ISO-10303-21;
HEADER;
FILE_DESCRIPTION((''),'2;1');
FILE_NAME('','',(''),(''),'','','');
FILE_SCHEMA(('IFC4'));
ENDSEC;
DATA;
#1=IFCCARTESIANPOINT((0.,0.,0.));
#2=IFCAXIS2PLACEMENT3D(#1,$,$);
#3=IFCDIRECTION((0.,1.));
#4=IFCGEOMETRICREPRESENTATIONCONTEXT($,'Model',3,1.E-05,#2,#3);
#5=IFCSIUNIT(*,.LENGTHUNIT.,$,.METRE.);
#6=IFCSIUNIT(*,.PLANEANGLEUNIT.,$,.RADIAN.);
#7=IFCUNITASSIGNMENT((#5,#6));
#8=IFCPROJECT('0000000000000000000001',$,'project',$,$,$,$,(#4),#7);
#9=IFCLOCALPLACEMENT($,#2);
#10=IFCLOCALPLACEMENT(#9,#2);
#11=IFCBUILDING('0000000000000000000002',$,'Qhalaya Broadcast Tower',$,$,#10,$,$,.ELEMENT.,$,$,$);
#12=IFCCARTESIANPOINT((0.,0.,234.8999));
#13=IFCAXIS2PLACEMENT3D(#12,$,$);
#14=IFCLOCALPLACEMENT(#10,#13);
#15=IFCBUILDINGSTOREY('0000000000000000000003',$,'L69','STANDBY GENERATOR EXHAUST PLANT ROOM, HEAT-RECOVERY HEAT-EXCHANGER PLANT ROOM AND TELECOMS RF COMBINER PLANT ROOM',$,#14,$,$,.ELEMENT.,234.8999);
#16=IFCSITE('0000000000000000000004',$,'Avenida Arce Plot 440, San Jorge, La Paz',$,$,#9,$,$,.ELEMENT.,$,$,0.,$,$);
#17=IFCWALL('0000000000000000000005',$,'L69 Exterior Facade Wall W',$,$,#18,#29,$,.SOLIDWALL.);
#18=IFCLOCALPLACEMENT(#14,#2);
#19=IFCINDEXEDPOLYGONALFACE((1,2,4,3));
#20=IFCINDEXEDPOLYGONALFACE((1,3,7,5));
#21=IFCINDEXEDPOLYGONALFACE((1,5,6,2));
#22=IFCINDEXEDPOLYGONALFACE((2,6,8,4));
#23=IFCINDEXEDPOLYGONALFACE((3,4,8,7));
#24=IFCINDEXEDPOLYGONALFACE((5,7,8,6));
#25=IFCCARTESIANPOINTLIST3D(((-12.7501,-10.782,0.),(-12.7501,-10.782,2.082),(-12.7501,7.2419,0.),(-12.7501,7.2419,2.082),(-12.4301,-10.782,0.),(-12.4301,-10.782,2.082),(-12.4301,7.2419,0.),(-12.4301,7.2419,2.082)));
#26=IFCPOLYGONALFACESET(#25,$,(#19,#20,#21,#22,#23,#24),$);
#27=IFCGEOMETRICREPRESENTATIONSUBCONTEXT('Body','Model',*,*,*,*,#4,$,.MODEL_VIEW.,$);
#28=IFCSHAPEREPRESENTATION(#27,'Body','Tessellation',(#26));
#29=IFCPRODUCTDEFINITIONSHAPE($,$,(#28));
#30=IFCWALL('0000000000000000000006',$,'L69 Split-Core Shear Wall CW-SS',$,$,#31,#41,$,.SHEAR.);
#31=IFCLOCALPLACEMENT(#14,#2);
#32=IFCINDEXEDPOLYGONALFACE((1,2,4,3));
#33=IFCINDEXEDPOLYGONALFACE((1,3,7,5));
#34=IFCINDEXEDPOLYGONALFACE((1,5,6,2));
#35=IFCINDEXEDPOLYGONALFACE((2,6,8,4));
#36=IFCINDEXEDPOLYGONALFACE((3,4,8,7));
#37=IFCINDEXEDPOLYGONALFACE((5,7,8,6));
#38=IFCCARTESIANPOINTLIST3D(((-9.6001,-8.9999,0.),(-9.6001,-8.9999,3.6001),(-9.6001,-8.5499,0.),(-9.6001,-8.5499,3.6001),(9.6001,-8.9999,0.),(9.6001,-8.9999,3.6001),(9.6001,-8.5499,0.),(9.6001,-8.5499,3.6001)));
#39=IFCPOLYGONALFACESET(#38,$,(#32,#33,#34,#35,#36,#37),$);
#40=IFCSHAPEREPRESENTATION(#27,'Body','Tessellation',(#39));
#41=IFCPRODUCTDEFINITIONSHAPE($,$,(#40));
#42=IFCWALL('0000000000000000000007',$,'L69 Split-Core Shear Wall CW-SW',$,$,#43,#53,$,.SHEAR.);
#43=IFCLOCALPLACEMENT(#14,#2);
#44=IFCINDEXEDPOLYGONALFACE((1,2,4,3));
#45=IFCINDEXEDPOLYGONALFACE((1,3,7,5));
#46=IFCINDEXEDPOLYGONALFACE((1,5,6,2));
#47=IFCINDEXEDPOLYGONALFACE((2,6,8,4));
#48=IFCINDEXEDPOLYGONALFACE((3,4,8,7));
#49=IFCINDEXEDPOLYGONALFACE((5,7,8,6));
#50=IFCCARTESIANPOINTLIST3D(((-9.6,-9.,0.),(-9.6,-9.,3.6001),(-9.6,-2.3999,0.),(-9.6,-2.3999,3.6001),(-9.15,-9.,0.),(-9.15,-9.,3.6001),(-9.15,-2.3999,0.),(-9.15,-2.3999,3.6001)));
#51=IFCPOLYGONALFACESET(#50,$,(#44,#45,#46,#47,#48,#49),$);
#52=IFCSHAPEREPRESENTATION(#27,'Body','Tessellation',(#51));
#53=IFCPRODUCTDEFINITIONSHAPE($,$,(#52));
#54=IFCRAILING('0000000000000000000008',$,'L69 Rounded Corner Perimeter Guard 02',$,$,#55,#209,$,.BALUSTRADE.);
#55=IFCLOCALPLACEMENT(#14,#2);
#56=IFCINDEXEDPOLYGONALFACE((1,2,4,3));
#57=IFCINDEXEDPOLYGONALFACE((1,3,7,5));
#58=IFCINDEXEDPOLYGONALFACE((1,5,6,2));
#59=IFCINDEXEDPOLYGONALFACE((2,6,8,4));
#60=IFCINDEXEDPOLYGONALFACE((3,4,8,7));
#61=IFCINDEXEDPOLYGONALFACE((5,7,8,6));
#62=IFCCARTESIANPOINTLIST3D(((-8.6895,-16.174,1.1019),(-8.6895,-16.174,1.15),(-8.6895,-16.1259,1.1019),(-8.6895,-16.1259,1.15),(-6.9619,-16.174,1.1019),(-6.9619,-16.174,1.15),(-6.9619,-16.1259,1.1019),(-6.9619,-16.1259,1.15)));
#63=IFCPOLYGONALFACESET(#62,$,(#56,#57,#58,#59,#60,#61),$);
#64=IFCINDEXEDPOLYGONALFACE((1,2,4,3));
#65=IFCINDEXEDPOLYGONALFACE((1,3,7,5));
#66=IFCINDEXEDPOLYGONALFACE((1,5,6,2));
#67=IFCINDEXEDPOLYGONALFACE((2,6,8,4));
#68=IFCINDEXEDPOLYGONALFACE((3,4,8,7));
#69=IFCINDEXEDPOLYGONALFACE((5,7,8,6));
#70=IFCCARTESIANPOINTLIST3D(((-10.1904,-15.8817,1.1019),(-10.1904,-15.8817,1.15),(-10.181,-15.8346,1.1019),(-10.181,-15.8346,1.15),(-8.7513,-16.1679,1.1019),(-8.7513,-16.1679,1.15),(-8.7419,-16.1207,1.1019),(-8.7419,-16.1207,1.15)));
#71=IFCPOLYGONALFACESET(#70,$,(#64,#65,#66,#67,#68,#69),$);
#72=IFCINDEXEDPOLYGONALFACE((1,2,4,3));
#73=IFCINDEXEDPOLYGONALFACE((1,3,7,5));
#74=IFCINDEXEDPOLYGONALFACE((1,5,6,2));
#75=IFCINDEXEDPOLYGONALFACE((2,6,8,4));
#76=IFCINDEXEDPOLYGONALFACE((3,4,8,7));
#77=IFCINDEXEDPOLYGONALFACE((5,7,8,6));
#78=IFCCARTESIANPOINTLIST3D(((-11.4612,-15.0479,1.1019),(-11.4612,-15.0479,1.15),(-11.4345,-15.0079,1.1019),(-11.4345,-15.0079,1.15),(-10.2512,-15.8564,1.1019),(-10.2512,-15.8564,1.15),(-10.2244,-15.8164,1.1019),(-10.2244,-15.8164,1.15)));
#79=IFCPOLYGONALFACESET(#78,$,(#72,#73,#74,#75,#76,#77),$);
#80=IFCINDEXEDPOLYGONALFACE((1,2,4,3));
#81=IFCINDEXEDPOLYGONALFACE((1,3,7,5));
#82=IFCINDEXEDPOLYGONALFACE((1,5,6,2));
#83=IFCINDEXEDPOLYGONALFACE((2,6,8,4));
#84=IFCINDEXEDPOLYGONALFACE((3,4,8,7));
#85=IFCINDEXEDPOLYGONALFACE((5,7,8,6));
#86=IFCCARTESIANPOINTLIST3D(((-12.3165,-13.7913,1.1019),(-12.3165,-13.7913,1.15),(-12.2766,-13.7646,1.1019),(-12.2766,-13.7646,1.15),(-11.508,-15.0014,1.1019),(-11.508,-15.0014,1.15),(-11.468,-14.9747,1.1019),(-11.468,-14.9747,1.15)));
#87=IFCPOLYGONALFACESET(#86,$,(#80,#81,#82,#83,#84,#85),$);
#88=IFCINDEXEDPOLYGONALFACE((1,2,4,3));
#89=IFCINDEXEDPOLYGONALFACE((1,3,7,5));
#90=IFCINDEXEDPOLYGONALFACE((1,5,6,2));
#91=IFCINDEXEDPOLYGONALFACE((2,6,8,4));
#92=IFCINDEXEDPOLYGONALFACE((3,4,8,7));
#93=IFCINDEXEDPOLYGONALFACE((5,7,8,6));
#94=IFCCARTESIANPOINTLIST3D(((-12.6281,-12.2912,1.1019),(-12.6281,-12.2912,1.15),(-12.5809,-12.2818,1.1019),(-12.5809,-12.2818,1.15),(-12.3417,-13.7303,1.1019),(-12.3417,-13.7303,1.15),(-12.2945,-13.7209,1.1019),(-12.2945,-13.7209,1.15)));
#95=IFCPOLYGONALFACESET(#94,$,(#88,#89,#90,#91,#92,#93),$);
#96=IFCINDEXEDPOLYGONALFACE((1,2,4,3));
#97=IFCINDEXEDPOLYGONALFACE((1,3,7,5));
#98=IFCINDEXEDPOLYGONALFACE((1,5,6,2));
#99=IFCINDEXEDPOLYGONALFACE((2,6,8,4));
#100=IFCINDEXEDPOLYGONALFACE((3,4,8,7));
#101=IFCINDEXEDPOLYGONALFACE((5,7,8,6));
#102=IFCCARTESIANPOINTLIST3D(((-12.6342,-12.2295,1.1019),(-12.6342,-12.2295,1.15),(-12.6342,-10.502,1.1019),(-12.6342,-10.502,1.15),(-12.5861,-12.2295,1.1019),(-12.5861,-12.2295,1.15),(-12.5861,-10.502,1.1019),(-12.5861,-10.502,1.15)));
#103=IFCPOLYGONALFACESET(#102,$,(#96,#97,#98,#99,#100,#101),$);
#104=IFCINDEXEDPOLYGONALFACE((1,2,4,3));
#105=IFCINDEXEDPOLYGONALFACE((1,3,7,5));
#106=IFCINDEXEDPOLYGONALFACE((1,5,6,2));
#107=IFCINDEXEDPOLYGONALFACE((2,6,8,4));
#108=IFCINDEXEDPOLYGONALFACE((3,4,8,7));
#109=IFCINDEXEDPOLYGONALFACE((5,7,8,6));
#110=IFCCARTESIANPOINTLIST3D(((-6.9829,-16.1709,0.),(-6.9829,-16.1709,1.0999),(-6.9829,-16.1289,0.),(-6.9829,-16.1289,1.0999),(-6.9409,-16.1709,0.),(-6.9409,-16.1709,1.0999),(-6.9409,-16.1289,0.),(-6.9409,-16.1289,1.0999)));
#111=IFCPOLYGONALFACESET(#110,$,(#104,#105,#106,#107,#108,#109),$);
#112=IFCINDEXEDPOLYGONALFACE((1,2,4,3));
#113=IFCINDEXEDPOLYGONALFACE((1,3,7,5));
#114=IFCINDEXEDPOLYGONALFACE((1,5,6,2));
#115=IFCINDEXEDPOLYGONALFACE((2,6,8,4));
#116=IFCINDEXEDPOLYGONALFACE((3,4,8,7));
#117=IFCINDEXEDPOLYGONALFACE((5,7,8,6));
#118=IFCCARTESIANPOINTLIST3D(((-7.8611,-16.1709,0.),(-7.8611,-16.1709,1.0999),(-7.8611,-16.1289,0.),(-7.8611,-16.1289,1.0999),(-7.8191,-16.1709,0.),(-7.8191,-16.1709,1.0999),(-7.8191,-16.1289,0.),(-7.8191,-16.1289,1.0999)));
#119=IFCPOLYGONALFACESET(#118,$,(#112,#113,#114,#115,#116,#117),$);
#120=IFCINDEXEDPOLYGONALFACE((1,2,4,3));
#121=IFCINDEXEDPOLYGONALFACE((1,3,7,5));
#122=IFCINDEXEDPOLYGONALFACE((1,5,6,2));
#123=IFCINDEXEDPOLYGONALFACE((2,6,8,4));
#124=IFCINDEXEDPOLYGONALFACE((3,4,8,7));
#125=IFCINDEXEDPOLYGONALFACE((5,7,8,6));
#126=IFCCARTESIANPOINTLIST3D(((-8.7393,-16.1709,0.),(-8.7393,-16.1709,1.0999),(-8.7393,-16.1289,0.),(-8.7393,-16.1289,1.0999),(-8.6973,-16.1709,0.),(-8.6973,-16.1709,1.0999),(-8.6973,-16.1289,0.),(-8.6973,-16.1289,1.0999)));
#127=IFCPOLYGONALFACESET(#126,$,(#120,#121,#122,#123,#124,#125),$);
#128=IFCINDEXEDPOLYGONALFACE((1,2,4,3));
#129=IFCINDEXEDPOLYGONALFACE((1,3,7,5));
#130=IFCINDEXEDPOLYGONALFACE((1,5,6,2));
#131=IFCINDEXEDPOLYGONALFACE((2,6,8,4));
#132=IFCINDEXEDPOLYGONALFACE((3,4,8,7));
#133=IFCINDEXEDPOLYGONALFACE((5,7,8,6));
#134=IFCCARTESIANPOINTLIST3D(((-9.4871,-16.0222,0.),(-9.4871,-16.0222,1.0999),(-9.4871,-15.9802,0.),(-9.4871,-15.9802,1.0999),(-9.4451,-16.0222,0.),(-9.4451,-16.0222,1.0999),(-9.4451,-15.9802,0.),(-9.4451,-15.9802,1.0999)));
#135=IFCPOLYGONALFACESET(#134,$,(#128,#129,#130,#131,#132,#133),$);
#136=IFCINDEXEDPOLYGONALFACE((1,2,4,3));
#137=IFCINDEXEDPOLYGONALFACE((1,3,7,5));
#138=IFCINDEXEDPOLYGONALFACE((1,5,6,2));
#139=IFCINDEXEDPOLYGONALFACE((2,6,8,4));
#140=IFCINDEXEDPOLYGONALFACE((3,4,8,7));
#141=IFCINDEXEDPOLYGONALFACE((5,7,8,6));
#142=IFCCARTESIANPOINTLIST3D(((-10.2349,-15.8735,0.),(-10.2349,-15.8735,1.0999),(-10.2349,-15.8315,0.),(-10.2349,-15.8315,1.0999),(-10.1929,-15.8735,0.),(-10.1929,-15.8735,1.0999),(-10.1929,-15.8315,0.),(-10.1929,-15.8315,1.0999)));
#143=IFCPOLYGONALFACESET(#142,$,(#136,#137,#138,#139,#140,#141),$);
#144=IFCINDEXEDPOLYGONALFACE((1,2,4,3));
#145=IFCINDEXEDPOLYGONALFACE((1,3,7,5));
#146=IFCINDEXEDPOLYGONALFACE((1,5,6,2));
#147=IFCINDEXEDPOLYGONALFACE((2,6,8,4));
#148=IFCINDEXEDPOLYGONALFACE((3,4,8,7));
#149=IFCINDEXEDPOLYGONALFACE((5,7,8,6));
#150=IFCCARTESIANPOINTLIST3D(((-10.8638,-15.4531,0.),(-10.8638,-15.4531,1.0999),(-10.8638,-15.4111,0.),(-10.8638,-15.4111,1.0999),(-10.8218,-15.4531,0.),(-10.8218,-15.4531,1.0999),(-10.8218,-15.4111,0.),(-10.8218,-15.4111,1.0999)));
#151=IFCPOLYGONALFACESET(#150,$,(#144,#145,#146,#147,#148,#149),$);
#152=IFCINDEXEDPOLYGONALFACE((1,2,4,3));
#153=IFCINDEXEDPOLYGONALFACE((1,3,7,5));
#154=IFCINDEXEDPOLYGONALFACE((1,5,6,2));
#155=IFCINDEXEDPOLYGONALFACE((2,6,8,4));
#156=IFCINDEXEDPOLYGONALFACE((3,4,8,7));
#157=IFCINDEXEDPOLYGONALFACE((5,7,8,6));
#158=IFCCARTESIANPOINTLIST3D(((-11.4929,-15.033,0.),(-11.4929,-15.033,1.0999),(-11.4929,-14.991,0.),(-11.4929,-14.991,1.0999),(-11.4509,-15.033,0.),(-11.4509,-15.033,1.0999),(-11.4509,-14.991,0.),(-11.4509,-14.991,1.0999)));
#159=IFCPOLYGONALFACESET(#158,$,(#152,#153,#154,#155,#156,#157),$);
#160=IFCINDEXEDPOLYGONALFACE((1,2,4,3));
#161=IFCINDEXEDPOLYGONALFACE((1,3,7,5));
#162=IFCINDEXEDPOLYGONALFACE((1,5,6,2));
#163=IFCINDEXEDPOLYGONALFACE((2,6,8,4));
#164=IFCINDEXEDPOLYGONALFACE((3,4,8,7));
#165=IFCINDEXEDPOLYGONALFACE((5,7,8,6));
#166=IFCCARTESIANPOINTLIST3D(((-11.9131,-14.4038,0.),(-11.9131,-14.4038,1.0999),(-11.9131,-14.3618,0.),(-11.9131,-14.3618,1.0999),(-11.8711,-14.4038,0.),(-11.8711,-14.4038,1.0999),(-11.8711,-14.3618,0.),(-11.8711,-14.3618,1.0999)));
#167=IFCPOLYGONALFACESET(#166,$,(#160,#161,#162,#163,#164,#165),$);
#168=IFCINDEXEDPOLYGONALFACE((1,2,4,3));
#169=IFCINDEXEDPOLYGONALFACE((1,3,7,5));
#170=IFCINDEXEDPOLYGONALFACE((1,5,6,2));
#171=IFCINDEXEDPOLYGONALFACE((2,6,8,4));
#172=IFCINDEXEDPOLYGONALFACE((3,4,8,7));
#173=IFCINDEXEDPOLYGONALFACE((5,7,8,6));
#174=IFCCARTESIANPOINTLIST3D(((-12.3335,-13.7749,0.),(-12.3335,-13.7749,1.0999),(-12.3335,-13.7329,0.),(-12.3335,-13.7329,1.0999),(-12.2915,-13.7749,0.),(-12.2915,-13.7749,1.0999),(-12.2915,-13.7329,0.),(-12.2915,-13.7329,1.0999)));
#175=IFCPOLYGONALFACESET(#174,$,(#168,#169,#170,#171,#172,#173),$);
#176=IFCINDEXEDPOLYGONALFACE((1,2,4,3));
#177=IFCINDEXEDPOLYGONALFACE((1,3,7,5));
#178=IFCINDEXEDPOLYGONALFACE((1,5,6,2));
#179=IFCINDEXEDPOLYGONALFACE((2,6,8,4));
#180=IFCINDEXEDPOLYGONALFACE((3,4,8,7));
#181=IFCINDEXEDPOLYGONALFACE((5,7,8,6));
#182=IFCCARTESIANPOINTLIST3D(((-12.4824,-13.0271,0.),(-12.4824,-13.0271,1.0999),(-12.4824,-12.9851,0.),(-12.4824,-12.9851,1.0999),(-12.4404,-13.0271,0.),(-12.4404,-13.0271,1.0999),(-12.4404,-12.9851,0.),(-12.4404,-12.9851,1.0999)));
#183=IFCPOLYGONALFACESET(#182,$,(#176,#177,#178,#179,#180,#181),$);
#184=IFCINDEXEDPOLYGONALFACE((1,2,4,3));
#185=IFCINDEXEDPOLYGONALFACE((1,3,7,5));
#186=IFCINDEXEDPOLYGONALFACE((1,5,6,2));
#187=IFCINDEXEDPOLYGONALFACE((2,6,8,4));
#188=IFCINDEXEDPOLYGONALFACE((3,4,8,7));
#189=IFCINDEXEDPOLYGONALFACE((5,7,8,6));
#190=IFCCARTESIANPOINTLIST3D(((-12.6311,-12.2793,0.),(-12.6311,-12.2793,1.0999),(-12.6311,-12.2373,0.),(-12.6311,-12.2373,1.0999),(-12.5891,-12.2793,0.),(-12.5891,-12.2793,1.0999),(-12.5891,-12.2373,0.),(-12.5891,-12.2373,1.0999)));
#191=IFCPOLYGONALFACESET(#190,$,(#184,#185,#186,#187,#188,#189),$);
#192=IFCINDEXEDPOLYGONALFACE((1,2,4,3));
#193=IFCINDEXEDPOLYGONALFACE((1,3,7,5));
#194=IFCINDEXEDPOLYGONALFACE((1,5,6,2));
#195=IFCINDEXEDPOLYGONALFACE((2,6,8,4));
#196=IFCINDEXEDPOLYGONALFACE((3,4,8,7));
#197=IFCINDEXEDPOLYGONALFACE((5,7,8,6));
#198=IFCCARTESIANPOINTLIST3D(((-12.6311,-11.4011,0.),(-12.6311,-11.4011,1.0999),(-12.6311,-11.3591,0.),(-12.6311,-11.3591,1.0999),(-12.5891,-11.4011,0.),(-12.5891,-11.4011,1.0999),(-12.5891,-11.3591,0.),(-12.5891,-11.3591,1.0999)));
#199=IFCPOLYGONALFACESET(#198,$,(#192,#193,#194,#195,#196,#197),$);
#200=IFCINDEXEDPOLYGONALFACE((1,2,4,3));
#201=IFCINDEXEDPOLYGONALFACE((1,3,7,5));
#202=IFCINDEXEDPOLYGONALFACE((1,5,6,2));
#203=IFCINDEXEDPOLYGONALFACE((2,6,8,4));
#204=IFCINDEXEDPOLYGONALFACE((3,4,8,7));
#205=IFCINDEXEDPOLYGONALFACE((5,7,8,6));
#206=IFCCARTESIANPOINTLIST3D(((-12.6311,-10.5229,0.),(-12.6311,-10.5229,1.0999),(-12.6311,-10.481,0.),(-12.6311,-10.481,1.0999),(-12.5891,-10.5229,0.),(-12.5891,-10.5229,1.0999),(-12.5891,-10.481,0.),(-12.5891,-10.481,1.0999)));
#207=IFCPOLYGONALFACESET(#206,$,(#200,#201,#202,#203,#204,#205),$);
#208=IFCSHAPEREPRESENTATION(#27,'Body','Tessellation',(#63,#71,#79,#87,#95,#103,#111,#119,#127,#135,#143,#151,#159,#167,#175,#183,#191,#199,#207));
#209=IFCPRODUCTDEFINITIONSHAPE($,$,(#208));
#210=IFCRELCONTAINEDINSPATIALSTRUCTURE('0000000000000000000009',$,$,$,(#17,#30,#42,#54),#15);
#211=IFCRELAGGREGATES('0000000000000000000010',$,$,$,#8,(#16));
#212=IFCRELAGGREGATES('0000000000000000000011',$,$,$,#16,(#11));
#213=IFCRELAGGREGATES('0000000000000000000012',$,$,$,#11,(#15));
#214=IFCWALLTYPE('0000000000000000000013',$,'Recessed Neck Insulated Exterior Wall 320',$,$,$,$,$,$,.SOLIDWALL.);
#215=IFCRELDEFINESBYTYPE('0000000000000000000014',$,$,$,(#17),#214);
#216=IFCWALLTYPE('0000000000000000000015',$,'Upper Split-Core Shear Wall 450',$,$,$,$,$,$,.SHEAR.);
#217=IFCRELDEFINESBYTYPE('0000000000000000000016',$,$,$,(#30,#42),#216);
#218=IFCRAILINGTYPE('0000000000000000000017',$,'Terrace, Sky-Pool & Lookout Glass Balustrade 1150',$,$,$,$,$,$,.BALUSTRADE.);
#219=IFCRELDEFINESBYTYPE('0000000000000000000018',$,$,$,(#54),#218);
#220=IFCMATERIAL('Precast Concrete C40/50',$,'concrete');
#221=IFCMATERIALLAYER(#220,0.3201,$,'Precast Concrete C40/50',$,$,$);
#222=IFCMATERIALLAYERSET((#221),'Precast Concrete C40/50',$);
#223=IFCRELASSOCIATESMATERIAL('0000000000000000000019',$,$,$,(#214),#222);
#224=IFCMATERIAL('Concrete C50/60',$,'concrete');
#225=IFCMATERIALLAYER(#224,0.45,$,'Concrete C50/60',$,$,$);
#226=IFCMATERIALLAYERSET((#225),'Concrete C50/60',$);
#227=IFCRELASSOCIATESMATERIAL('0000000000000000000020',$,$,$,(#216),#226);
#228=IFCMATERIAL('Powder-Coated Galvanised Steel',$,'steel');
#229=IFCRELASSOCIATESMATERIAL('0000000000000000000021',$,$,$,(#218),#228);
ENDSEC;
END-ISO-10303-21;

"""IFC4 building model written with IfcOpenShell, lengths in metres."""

from ifc_helpers import new_model, si_unit, direction, frame, frame_2d, origin, origin_2d, place, context, subcontext, project, spatial, rectangle, extrude, material, layer, layer_set, type_object, element, save


model = new_model("IFC4")

# Units and contexts
model_context = context("Model", 3, precision=1e-05, world=origin(), true_north=direction((0.0, 1.0)))
body_context = subcontext(model_context, "Body", "Model", "MODEL_VIEW")
ifc_project = project(units=[si_unit("LENGTHUNIT", "METRE"), si_unit("PLANEANGLEUNIT", "RADIAN")], contexts=[model_context])

# Site, building, storey
site_placement = place(None, origin())
site = spatial("IfcSite", under=ifc_project, at=site_placement, Name="Avenida Arce Plot 440, San Jorge, La Paz", CompositionType="ELEMENT", RefElevation=0.0)
building_placement = place(site_placement, origin())
building = spatial("IfcBuilding", under=site, at=building_placement, Name="Qhalaya Broadcast Tower", CompositionType="ELEMENT")
storey_placement = place(building_placement, frame((0.0, 0.0, 234.8999)))
storey = spatial("IfcBuildingStorey", under=building, at=storey_placement, Name="L69", Description="STANDBY GENERATOR EXHAUST PLANT ROOM, HEAT-RECOVERY HEAT-EXCHANGER PLANT ROOM AND TELECOMS RF COMBINER PLANT ROOM", CompositionType="ELEMENT", Elevation=234.8999)

# Walls
ifc_material_1 = material(Name="Precast Concrete C40/50", Category="concrete")
ifc_layer_1 = layer(ifc_material_1, 0.3201, Name="Precast Concrete C40/50")
ifc_layer_set_1 = layer_set([ifc_layer_1], Name="Precast Concrete C40/50")
wall_type_1 = type_object("IfcWallType", Name="Recessed Neck Insulated Exterior Wall 320", PredefinedType="SOLIDWALL", material=ifc_layer_set_1)
wall_1_placement = place(storey_placement, frame((-12.5901, -10.782, 0.0), z_axis=(0.0, 0.0, 1.0), x_axis=(0.0, 1.0, 0.0)))
element("IfcWall", 1, at=wall_1_placement, inside=storey, type_object=wall_type_1, Name="L69 Exterior Facade Wall W", PredefinedType="SOLIDWALL", context=body_context, shape_type="SweptSolid", body=[
    extrude(rectangle(XDim=18.0239, YDim=0.3201, at=frame_2d((9.012, 0.0))), origin(), (0.0, 0.0, 1.0), 2.082),
])
ifc_material_2 = material(Name="Concrete C50/60", Category="concrete")
ifc_layer_2 = layer(ifc_material_2, 0.45, Name="Concrete C50/60")
ifc_layer_set_2 = layer_set([ifc_layer_2], Name="Concrete C50/60")
wall_type_2 = type_object("IfcWallType", Name="Upper Split-Core Shear Wall 450", PredefinedType="SHEAR", material=ifc_layer_set_2)
wall_2_placement = place(storey_placement, frame((-9.6001, -8.7749, 0.0), z_axis=(0.0, 0.0, 1.0), x_axis=(1.0, 0.0, 0.0)))
element("IfcWall", 2, at=wall_2_placement, inside=storey, type_object=wall_type_2, Name="L69 Split-Core Shear Wall CW-SS", PredefinedType="SHEAR", context=body_context, shape_type="SweptSolid", body=[
    extrude(rectangle(XDim=19.2002, YDim=0.45, at=frame_2d((9.6001, 0.0))), origin(), (0.0, 0.0, 1.0), 3.6001),
])
wall_3_placement = place(storey_placement, frame((-9.375, -9.0, 0.0), z_axis=(0.0, 0.0, 1.0), x_axis=(0.0, 1.0, 0.0)))
element("IfcWall", 3, at=wall_3_placement, inside=storey, type_object=wall_type_2, Name="L69 Split-Core Shear Wall CW-SW", PredefinedType="SHEAR", context=body_context, shape_type="SweptSolid", body=[
    extrude(rectangle(XDim=6.6001, YDim=0.45, at=frame_2d((3.3, 0.0))), origin(), (0.0, 0.0, 1.0), 3.6001),
])

# Railing
ifc_material_3 = material(Name="Powder-Coated Galvanised Steel", Category="steel")
railing_type = type_object("IfcRailingType", Name="Terrace, Sky-Pool & Lookout Glass Balustrade 1150", PredefinedType="BALUSTRADE", material=ifc_material_3)
railing_placement = place(storey_placement, frame((-6.9619, -16.1499, 0.0)))
element("IfcRailing", 4, at=railing_placement, inside=storey, type_object=railing_type, Name="L69 Rounded Corner Perimeter Guard 02", PredefinedType="BALUSTRADE", context=body_context, shape_type="SweptSolid", body=[
    extrude(rectangle(XDim=0.0481, YDim=0.0481, at=origin_2d()), frame((0.0, 0.0, 1.126), z_axis=(-1.0, 0.0, 0.0), x_axis=(0.0, -1.0, 0.0)), (0.0, 0.0, 1.0), 1.7275),
    extrude(rectangle(XDim=0.0481, YDim=0.0481, at=origin_2d()), frame((-1.7847, 0.0056, 1.126), z_axis=(-0.980802, 0.195008, 0.0), x_axis=(-0.195008, -0.980802, 0.0)), (0.0, 0.0, 1.0), 1.4673),
    extrude(rectangle(XDim=0.0481, YDim=0.0481, at=origin_2d()), frame((-3.2759, 0.3135, 1.126), z_axis=(-0.831479, 0.555556, 0.0), x_axis=(-0.555556, -0.831479, 0.0)), (0.0, 0.0, 1.0), 1.4553),
    extrude(rectangle(XDim=0.0481, YDim=0.0481, at=origin_2d()), frame((-4.5261, 1.1619, 1.126), z_axis=(-0.555556, 0.831479, 0.0), x_axis=(-0.831479, -0.555556, 0.0)), (0.0, 0.0, 1.0), 1.4553),
    extrude(rectangle(XDim=0.0481, YDim=0.0481, at=origin_2d()), frame((-5.3562, 2.4243, 1.126), z_axis=(-0.195162, 0.980771, 0.0), x_axis=(-0.980771, -0.195162, 0.0)), (0.0, 0.0, 1.0), 1.4673),
    extrude(rectangle(XDim=0.0481, YDim=0.0481, at=origin_2d()), frame((-5.6482, 3.9204, 1.126), z_axis=(0.0, 1.0, 0.0), x_axis=(-1.0, 0.0, 0.0)), (0.0, 0.0, 1.0), 1.7275),
    extrude(rectangle(XDim=0.042, YDim=0.042, at=origin_2d()), origin(), (0.0, 0.0, 1.0), 1.0999),
    extrude(rectangle(XDim=0.042, YDim=0.042, at=origin_2d()), frame((-0.8782, 0.0, 0.0)), (0.0, 0.0, 1.0), 1.0999),
    extrude(rectangle(XDim=0.042, YDim=0.042, at=origin_2d()), frame((-1.7563, 0.0, 0.0)), (0.0, 0.0, 1.0), 1.0999),
    extrude(rectangle(XDim=0.042, YDim=0.042, at=origin_2d()), frame((-2.5042, 0.1487, 0.0)), (0.0, 0.0, 1.0), 1.0999),
    extrude(rectangle(XDim=0.042, YDim=0.042, at=origin_2d()), frame((-3.252, 0.2974, 0.0)), (0.0, 0.0, 1.0), 1.0999),
    extrude(rectangle(XDim=0.042, YDim=0.042, at=origin_2d()), frame((-3.8809, 0.7178, 0.0)), (0.0, 0.0, 1.0), 1.0999),
    extrude(rectangle(XDim=0.042, YDim=0.042, at=origin_2d()), frame((-4.51, 1.1379, 0.0)), (0.0, 0.0, 1.0), 1.0999),
    extrude(rectangle(XDim=0.042, YDim=0.042, at=origin_2d()), frame((-4.9302, 1.7671, 0.0)), (0.0, 0.0, 1.0), 1.0999),
    extrude(rectangle(XDim=0.042, YDim=0.042, at=origin_2d()), frame((-5.3506, 2.396, 0.0)), (0.0, 0.0, 1.0), 1.0999),
    extrude(rectangle(XDim=0.042, YDim=0.042, at=origin_2d()), frame((-5.4995, 3.1438, 0.0)), (0.0, 0.0, 1.0), 1.0999),
    extrude(rectangle(XDim=0.042, YDim=0.042, at=origin_2d()), frame((-5.6482, 3.8916, 0.0)), (0.0, 0.0, 1.0), 1.0999),
    extrude(rectangle(XDim=0.042, YDim=0.042, at=origin_2d()), frame((-5.6482, 4.7698, 0.0)), (0.0, 0.0, 1.0), 1.0999),
    extrude(rectangle(XDim=0.042, YDim=0.042, at=origin_2d()), frame((-5.6482, 5.6479, 0.0)), (0.0, 0.0, 1.0), 1.0999),
])

save(model, "model.ifc")
